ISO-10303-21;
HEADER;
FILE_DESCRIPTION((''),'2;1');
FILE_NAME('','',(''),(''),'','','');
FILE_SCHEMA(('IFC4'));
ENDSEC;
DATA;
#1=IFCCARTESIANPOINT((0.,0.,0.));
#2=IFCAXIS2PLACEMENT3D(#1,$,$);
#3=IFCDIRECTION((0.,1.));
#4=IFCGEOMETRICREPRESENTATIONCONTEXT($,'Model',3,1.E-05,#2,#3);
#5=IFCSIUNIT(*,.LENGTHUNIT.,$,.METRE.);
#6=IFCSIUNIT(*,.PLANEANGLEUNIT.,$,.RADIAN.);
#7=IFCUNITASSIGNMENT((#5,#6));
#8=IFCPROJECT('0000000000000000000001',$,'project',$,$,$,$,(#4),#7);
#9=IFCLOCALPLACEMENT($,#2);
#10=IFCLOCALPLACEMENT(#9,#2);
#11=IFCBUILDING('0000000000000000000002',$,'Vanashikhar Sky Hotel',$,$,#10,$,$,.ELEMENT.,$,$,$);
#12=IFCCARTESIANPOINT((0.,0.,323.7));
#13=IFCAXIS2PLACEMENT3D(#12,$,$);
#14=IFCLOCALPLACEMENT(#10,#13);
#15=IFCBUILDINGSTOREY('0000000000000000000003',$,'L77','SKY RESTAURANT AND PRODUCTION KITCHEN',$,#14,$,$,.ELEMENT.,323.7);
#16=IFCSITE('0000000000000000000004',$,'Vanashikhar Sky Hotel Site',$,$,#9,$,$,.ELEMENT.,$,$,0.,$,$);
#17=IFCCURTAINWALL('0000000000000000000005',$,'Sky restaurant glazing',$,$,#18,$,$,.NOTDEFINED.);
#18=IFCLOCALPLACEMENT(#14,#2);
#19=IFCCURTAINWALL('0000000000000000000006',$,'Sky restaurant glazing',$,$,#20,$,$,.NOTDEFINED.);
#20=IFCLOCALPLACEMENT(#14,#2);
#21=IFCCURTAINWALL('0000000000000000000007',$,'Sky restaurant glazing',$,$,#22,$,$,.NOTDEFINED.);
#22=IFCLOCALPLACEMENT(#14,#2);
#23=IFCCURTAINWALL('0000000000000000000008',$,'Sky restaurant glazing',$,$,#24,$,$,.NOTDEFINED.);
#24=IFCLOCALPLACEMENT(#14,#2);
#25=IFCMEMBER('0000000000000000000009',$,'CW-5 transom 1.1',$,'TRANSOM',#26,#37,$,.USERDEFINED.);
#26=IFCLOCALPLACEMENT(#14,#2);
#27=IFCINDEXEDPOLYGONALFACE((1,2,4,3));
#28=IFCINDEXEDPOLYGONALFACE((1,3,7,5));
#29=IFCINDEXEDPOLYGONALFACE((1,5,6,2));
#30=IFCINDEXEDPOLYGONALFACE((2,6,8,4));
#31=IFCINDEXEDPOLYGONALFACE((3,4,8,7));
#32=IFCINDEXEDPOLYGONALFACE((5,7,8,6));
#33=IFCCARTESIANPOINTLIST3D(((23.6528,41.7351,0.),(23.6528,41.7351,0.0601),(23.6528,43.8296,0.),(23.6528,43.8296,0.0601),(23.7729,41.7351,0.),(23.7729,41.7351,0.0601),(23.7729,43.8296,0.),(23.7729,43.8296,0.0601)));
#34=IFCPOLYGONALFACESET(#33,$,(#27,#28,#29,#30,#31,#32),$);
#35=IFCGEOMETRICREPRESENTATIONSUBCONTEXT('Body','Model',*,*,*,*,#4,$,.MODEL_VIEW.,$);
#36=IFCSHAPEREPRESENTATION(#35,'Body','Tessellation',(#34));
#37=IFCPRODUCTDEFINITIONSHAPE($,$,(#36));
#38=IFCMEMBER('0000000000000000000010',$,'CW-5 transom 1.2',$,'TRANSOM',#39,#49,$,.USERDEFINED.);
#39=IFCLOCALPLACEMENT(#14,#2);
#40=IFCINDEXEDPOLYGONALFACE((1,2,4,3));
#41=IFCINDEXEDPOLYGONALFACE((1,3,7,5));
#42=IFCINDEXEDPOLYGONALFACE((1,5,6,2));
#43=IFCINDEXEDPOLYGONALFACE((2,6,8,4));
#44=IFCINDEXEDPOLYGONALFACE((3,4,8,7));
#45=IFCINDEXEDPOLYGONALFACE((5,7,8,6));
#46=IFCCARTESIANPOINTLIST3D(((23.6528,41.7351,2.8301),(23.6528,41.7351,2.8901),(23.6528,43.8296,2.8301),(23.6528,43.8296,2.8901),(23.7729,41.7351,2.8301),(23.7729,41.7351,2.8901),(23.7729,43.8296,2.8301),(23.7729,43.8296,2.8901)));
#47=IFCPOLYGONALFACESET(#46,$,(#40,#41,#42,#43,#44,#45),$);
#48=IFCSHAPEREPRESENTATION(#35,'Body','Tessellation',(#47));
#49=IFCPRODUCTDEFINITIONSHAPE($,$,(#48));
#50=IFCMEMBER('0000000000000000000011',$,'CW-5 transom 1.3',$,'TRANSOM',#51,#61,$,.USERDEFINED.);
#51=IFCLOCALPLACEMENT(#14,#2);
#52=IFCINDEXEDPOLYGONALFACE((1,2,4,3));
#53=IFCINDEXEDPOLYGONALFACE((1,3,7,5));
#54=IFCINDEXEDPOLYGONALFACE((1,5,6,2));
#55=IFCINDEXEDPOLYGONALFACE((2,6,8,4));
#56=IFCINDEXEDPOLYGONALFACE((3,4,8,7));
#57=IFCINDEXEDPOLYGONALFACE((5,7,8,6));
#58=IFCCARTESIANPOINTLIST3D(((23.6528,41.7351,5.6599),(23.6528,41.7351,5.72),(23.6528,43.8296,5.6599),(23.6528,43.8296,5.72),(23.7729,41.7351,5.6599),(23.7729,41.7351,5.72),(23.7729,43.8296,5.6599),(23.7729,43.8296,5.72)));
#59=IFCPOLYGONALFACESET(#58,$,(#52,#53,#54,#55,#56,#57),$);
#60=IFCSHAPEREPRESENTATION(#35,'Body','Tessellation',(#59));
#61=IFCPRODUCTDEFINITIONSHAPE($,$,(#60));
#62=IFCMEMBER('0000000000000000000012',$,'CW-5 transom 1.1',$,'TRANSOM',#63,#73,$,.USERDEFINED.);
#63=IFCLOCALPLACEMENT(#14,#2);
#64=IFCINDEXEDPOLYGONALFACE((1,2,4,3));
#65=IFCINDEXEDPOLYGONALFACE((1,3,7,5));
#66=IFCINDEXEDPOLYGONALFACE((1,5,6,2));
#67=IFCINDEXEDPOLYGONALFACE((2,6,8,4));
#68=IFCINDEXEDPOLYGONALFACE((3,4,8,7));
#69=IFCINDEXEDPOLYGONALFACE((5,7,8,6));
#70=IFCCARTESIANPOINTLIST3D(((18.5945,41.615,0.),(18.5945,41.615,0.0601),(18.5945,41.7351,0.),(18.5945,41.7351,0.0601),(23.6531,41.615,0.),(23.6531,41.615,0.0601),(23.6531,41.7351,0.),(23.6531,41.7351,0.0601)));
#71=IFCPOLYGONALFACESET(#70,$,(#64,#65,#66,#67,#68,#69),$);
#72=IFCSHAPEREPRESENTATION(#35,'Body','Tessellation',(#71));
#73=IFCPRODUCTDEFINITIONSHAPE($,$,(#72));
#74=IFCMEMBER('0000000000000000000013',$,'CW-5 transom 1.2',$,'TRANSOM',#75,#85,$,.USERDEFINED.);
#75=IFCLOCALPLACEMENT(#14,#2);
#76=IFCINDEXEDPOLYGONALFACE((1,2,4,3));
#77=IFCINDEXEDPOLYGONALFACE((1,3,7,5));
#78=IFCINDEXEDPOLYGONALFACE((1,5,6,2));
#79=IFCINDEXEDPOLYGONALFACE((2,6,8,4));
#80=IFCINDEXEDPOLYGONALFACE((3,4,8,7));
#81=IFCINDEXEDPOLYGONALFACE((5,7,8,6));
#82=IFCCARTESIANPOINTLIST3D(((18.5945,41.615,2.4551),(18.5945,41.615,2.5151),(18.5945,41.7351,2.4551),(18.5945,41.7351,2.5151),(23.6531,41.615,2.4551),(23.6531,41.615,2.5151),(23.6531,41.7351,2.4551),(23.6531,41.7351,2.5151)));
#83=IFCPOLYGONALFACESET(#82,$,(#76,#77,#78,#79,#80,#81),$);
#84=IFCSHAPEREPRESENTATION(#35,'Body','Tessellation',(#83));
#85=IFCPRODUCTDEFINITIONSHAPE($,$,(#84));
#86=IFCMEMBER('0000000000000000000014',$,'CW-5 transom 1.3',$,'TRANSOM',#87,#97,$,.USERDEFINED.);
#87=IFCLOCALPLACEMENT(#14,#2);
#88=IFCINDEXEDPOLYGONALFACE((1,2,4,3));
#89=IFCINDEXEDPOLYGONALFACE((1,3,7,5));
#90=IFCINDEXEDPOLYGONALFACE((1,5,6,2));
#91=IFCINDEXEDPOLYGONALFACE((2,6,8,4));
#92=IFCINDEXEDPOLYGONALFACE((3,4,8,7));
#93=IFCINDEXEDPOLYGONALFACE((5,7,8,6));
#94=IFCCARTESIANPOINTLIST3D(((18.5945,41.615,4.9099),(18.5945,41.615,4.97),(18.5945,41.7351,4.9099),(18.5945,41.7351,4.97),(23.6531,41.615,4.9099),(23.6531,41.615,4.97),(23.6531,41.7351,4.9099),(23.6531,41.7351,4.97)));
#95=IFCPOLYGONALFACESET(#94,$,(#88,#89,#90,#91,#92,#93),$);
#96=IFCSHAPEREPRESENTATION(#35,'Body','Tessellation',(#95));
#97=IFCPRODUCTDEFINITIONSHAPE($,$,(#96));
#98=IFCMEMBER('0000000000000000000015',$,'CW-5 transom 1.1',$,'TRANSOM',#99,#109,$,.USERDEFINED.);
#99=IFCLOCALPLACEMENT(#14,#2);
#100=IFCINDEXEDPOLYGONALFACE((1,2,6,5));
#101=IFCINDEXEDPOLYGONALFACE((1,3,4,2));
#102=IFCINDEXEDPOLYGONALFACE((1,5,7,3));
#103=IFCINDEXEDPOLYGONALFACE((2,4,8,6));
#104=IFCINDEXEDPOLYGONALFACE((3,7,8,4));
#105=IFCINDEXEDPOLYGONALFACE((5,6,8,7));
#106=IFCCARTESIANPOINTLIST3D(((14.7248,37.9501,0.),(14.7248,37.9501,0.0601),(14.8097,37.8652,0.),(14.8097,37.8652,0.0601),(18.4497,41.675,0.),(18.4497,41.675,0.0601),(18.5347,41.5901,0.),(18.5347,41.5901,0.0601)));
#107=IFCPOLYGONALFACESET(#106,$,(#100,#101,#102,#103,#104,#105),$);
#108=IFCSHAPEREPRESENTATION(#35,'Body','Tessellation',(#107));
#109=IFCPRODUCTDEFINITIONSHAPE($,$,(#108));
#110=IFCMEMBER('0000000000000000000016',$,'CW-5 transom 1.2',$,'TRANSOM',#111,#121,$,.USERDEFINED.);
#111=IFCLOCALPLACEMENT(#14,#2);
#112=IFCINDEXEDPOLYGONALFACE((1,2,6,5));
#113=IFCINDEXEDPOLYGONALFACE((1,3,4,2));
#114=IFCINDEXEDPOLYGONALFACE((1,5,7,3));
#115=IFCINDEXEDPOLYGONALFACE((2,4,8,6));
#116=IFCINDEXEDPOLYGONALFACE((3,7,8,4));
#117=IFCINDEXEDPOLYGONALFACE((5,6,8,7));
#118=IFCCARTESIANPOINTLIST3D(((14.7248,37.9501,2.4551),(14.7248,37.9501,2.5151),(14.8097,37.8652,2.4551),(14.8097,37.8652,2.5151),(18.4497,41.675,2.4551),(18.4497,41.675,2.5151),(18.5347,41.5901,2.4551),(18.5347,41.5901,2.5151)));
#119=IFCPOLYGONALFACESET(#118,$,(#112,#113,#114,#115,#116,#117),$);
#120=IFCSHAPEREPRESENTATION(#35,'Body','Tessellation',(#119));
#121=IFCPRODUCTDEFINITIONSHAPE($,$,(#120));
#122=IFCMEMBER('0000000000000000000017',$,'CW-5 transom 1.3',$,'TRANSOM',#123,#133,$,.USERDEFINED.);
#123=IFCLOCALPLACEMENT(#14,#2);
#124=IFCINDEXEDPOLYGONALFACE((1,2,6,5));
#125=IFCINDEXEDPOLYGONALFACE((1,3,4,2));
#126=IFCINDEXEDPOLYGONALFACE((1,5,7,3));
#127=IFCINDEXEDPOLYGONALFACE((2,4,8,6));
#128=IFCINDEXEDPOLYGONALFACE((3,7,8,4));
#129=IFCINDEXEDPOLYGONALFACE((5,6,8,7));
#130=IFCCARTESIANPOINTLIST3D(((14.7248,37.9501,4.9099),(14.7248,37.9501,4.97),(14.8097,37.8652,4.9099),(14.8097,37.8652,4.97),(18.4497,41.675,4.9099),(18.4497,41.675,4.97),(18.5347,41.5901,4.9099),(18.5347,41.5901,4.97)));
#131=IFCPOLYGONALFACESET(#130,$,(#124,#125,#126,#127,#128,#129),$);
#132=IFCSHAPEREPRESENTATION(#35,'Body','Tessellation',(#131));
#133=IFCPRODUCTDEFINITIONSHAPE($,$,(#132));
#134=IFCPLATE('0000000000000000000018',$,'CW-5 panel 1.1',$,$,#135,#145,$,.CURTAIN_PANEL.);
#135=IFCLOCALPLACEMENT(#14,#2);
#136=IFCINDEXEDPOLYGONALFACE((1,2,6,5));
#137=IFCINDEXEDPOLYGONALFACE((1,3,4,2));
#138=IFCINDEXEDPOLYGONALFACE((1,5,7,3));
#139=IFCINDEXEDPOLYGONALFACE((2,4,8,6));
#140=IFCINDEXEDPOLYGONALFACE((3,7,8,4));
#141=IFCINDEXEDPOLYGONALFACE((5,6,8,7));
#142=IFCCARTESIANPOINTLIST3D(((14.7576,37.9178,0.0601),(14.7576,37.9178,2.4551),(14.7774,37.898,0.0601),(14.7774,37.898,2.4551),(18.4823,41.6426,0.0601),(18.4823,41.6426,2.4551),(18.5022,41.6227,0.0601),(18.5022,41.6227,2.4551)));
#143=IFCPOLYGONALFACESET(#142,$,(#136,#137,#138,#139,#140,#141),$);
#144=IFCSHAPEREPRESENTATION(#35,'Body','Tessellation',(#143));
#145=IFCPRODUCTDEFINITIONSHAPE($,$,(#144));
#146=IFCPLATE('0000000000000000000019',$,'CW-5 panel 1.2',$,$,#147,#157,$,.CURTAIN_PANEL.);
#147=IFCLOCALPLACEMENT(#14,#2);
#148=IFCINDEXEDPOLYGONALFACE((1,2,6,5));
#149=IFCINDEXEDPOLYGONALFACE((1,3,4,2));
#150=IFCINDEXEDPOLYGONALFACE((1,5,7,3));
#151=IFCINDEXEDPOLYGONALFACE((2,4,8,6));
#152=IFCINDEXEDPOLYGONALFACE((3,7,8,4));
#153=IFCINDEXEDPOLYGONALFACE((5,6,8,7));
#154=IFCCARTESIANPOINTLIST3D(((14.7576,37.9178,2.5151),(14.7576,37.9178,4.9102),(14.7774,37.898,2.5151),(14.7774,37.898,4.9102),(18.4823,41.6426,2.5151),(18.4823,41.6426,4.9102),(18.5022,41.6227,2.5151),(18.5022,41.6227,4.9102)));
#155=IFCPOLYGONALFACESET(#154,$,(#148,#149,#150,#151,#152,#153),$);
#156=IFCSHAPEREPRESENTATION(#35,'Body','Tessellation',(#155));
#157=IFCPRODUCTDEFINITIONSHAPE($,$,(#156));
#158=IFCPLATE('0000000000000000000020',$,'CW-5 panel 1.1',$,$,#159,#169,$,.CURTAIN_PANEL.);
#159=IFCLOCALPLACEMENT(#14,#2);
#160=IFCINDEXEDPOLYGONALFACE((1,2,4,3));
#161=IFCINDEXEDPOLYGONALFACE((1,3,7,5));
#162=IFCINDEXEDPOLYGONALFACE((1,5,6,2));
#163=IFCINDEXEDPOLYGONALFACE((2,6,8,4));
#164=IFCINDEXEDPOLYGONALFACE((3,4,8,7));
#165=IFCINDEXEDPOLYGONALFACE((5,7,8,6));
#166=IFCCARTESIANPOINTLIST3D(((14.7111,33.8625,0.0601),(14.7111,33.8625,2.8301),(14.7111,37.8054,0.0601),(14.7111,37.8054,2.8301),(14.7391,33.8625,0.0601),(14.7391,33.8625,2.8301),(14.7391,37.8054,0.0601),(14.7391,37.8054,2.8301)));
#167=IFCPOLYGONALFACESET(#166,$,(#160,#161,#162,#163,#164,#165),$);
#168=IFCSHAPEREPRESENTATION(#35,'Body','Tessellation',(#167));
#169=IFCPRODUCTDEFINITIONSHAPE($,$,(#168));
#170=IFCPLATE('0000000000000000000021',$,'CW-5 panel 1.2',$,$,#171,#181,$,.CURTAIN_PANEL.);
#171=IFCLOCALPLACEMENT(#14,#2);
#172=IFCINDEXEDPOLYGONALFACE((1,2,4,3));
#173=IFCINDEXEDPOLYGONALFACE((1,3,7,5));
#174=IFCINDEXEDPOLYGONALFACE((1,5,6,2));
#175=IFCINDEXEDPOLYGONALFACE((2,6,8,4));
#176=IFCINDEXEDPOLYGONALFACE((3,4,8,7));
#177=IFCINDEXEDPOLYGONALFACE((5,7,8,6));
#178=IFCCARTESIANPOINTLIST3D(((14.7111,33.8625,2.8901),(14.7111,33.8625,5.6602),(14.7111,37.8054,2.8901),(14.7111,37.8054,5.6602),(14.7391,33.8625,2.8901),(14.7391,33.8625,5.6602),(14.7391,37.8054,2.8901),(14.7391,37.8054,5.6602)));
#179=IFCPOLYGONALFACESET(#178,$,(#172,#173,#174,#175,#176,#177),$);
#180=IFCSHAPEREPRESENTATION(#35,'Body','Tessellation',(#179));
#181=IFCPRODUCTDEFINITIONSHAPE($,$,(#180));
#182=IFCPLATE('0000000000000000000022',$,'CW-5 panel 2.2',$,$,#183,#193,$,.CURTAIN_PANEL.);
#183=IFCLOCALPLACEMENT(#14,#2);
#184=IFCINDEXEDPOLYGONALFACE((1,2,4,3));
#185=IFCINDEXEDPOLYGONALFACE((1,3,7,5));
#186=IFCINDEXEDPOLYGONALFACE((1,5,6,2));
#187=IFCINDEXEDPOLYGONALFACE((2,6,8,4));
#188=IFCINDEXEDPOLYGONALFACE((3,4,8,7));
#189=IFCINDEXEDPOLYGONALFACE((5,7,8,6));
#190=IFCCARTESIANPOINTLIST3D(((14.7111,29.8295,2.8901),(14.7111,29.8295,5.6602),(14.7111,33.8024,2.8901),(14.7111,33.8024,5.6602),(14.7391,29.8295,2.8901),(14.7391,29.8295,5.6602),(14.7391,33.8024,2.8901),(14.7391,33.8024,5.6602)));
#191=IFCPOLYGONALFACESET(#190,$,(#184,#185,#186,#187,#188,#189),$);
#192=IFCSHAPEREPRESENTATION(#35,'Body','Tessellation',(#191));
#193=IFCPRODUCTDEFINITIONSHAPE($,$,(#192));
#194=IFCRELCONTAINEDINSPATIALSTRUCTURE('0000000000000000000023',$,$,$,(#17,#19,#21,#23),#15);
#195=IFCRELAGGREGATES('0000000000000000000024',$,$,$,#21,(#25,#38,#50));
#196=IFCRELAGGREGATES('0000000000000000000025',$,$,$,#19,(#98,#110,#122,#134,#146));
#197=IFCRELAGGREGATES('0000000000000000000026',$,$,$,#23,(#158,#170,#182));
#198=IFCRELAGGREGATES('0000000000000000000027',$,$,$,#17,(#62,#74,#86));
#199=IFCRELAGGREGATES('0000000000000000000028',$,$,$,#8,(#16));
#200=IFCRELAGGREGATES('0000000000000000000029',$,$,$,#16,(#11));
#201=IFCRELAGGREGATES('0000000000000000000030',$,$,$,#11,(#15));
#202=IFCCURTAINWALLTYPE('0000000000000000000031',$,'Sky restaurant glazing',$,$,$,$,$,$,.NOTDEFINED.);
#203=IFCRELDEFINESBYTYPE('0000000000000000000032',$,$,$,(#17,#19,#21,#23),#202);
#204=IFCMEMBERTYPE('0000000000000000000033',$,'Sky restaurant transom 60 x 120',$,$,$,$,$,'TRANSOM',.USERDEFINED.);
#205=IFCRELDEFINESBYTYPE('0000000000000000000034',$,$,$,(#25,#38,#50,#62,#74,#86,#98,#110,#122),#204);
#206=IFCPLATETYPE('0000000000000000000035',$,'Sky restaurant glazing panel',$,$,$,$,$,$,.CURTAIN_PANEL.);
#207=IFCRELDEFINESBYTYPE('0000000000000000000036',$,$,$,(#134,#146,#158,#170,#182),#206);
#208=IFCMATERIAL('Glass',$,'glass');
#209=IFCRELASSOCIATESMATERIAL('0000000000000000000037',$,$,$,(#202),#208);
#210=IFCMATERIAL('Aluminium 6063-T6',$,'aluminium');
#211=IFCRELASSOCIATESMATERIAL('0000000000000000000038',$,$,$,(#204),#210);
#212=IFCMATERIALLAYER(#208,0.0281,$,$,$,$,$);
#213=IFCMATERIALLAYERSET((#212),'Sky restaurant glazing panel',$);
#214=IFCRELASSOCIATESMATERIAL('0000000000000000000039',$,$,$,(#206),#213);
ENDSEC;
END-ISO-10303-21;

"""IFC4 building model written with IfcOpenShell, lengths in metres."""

from ifc_helpers import new_model, si_unit, direction, frame, origin, origin_2d, place, context, subcontext, project, spatial, rectangle, extrude, source, transform, mapped, material, layer, layer_set, material_profile, profile_set, type_object, element, aggregate, save


model = new_model("IFC4")

# Units and contexts
model_context = context("Model", 3, precision=1e-05, world=origin(), true_north=direction((0.0, 1.0)))
body_context = subcontext(model_context, "Body", "Model", "MODEL_VIEW")
ifc_project = project(units=[si_unit("LENGTHUNIT", "METRE"), si_unit("PLANEANGLEUNIT", "RADIAN")], contexts=[model_context])

# Site, building, storey
site_placement = place(None, origin())
site = spatial("IfcSite", under=ifc_project, at=site_placement, Name="Vanashikhar Sky Hotel Site", CompositionType="ELEMENT", RefElevation=0.0)
building_placement = place(site_placement, origin())
building = spatial("IfcBuilding", under=site, at=building_placement, Name="Vanashikhar Sky Hotel", CompositionType="ELEMENT")
storey_placement = place(building_placement, frame((0.0, 0.0, 323.7)))
storey = spatial("IfcBuildingStorey", under=building, at=storey_placement, Name="L77", Description="SKY RESTAURANT AND PRODUCTION KITCHEN", CompositionType="ELEMENT", Elevation=323.7)

# Curtain walls
ifc_material_1 = material(Name="Glass", Category="glass")
curtain_wall_type = type_object("IfcCurtainWallType", Name="Sky restaurant glazing", PredefinedType="NOTDEFINED", material=ifc_material_1)
curtain_wall_1_placement = place(storey_placement, origin())
curtain_wall_1 = element("IfcCurtainWall", 1, at=curtain_wall_1_placement, inside=storey, type_object=curtain_wall_type, Name="Sky restaurant glazing", PredefinedType="NOTDEFINED")
ifc_material_2 = material(Name="Aluminium 6063-T6", Category="aluminium")
curtain_wall_2_placement = place(storey_placement, origin())
curtain_wall_2 = element("IfcCurtainWall", 2, at=curtain_wall_2_placement, inside=storey, type_object=curtain_wall_type, Name="Sky restaurant glazing", PredefinedType="NOTDEFINED")
curtain_wall_3_placement = place(storey_placement, origin())
curtain_wall_3 = element("IfcCurtainWall", 3, at=curtain_wall_3_placement, inside=storey, type_object=curtain_wall_type, Name="Sky restaurant glazing", PredefinedType="NOTDEFINED")
curtain_wall_4_placement = place(storey_placement, origin())
curtain_wall_4 = element("IfcCurtainWall", 4, at=curtain_wall_4_placement, inside=storey, type_object=curtain_wall_type, Name="Sky restaurant glazing", PredefinedType="NOTDEFINED")
ifc_material_profile_1 = material_profile(ifc_material_2, rectangle(XDim=0.1201, YDim=0.0601, at=origin_2d()))
ifc_profile_set_1 = profile_set([ifc_material_profile_1], Name="Aluminium 6063-T6")
member_type_1 = type_object("IfcMemberType", Name="Sky restaurant transom 60 x 120", ElementType="TRANSOM", PredefinedType="USERDEFINED", material=ifc_profile_set_1)

# Members
shared_shape_1 = source(origin(), body_context, "Body", "SweptSolid", [
    extrude(rectangle(XDim=0.1201, YDim=0.0601, at=origin_2d()), origin(), (0.0, 0.0, 1.0), 2.0945),
])
member_1_placement = place(storey_placement, frame((23.7129, 43.8296, 0.03), z_axis=(0.0, -1.0, 0.0), x_axis=(1.0, 0.0, 0.0)))
member_1 = element("IfcMember", 5, at=member_1_placement, type_object=member_type_1, Name="CW-5 transom 1.1", ObjectType="TRANSOM", PredefinedType="USERDEFINED", context=body_context, shape_type="MappedRepresentation", body=[
    mapped(shared_shape_1, transform((0.0, 0.0, 0.0), scale=1.0)),
])
member_2_placement = place(storey_placement, frame((23.7129, 43.8296, 2.8601), z_axis=(0.0, -1.0, 0.0), x_axis=(1.0, 0.0, 0.0)))
member_2 = element("IfcMember", 6, at=member_2_placement, type_object=member_type_1, Name="CW-5 transom 1.2", ObjectType="TRANSOM", PredefinedType="USERDEFINED", context=body_context, shape_type="MappedRepresentation", body=[
    mapped(shared_shape_1, transform((0.0, 0.0, 0.0), scale=1.0)),
])
member_3_placement = place(storey_placement, frame((23.7129, 43.8296, 5.6899), z_axis=(0.0, -1.0, 0.0), x_axis=(1.0, 0.0, 0.0)))
member_3 = element("IfcMember", 7, at=member_3_placement, type_object=member_type_1, Name="CW-5 transom 1.3", ObjectType="TRANSOM", PredefinedType="USERDEFINED", context=body_context, shape_type="MappedRepresentation", body=[
    mapped(shared_shape_1, transform((0.0, 0.0, 0.0), scale=1.0)),
])
aggregate(curtain_wall_3, [member_1, member_2, member_3])
shared_shape_2 = source(origin(), body_context, "Body", "SweptSolid", [
    extrude(rectangle(XDim=0.1201, YDim=0.0601, at=origin_2d()), origin(), (0.0, 0.0, 1.0), 5.0586),
])
member_4_placement = place(storey_placement, frame((23.6531, 41.675, 0.03), z_axis=(-1.0, 0.0, 0.0), x_axis=(0.0, -1.0, 0.0)))
member_4 = element("IfcMember", 8, at=member_4_placement, type_object=member_type_1, Name="CW-5 transom 1.1", ObjectType="TRANSOM", PredefinedType="USERDEFINED", context=body_context, shape_type="MappedRepresentation", body=[
    mapped(shared_shape_2, transform((0.0, 0.0, 0.0), scale=1.0)),
])
member_5_placement = place(storey_placement, frame((23.6531, 41.675, 2.4851), z_axis=(-1.0, 0.0, 0.0), x_axis=(0.0, -1.0, 0.0)))
member_5 = element("IfcMember", 9, at=member_5_placement, type_object=member_type_1, Name="CW-5 transom 1.2", ObjectType="TRANSOM", PredefinedType="USERDEFINED", context=body_context, shape_type="MappedRepresentation", body=[
    mapped(shared_shape_2, transform((0.0, 0.0, 0.0), scale=1.0)),
])
member_6_placement = place(storey_placement, frame((23.6531, 41.675, 4.9399), z_axis=(-1.0, 0.0, 0.0), x_axis=(0.0, -1.0, 0.0)))
member_6 = element("IfcMember", 10, at=member_6_placement, type_object=member_type_1, Name="CW-5 transom 1.3", ObjectType="TRANSOM", PredefinedType="USERDEFINED", context=body_context, shape_type="MappedRepresentation", body=[
    mapped(shared_shape_2, transform((0.0, 0.0, 0.0), scale=1.0)),
])
shared_shape_3 = source(origin(), body_context, "Body", "SweptSolid", [
    extrude(rectangle(XDim=0.1201, YDim=0.0601, at=origin_2d()), origin(), (0.0, 0.0, 1.0), 5.2678),
])
member_7_placement = place(storey_placement, frame((18.4922, 41.6326, 0.03), z_axis=(-0.707107, -0.707107, 0.0), x_axis=(0.707107, -0.707107, 0.0)))
member_7 = element("IfcMember", 11, at=member_7_placement, type_object=member_type_1, Name="CW-5 transom 1.1", ObjectType="TRANSOM", PredefinedType="USERDEFINED", context=body_context, shape_type="MappedRepresentation", body=[
    mapped(shared_shape_3, transform((0.0, 0.0, 0.0), scale=1.0)),
])
member_8_placement = place(storey_placement, frame((18.4922, 41.6326, 2.4851), z_axis=(-0.707107, -0.707107, 0.0), x_axis=(0.707107, -0.707107, 0.0)))
member_8 = element("IfcMember", 12, at=member_8_placement, type_object=member_type_1, Name="CW-5 transom 1.2", ObjectType="TRANSOM", PredefinedType="USERDEFINED", context=body_context, shape_type="MappedRepresentation", body=[
    mapped(shared_shape_3, transform((0.0, 0.0, 0.0), scale=1.0)),
])
member_9_placement = place(storey_placement, frame((18.4922, 41.6326, 4.9399), z_axis=(-0.707107, -0.707107, 0.0), x_axis=(0.707107, -0.707107, 0.0)))
member_9 = element("IfcMember", 13, at=member_9_placement, type_object=member_type_1, Name="CW-5 transom 1.3", ObjectType="TRANSOM", PredefinedType="USERDEFINED", context=body_context, shape_type="MappedRepresentation", body=[
    mapped(shared_shape_3, transform((0.0, 0.0, 0.0), scale=1.0)),
])

# Plates
ifc_layer_1 = layer(ifc_material_1, 0.0281)
ifc_layer_set_1 = layer_set([ifc_layer_1], Name="Sky restaurant glazing panel")
plate_type = type_object("IfcPlateType", Name="Sky restaurant glazing panel", PredefinedType="CURTAIN_PANEL", material=ifc_layer_set_1)
shared_shape_4 = source(origin(), body_context, "Body", "SweptSolid", [
    extrude(rectangle(XDim=5.2676, YDim=0.0281, at=origin_2d()), origin(), (0.0, 0.0, 1.0), 2.395),
])
plate_1_placement = place(storey_placement, frame((16.6299, 39.7703, 0.0601), z_axis=(0.0, 0.0, 1.0), x_axis=(-0.707107, -0.707107, 0.0)))
plate_1 = element("IfcPlate", 14, at=plate_1_placement, type_object=plate_type, Name="CW-5 panel 1.1", PredefinedType="CURTAIN_PANEL", context=body_context, shape_type="MappedRepresentation", body=[
    mapped(shared_shape_4, transform((0.0, 0.0, 0.0), scale=1.0)),
])
plate_2_placement = place(storey_placement, frame((16.6299, 39.7703, 2.5151), z_axis=(0.0, 0.0, 1.0), x_axis=(-0.707107, -0.707107, 0.0)))
plate_2 = element("IfcPlate", 15, at=plate_2_placement, type_object=plate_type, Name="CW-5 panel 1.2", PredefinedType="CURTAIN_PANEL", context=body_context, shape_type="MappedRepresentation", body=[
    mapped(shared_shape_4, transform((0.0, 0.0, 0.0), scale=1.0)),
])
aggregate(curtain_wall_2, [member_7, member_8, member_9, plate_1, plate_2])
shared_shape_5 = source(origin(), body_context, "Body", "SweptSolid", [
    extrude(rectangle(XDim=3.9429, YDim=0.0281, at=origin_2d()), origin(), (0.0, 0.0, 1.0), 2.77),
])
plate_3_placement = place(storey_placement, frame((14.7251, 35.834, 0.0601), z_axis=(0.0, 0.0, 1.0), x_axis=(0.0, -1.0, 0.0)))
plate_3 = element("IfcPlate", 16, at=plate_3_placement, type_object=plate_type, Name="CW-5 panel 1.1", PredefinedType="CURTAIN_PANEL", context=body_context, shape_type="MappedRepresentation", body=[
    mapped(shared_shape_5, transform((0.0, 0.0, 0.0), scale=1.0)),
])
plate_4_placement = place(storey_placement, frame((14.7251, 35.834, 2.8901), z_axis=(0.0, 0.0, 1.0), x_axis=(0.0, -1.0, 0.0)))
plate_4 = element("IfcPlate", 17, at=plate_4_placement, type_object=plate_type, Name="CW-5 panel 1.2", PredefinedType="CURTAIN_PANEL", context=body_context, shape_type="MappedRepresentation", body=[
    mapped(shared_shape_5, transform((0.0, 0.0, 0.0), scale=1.0)),
])
shared_shape_6 = source(origin(), body_context, "Body", "SweptSolid", [
    extrude(rectangle(XDim=3.9729, YDim=0.0281, at=origin_2d()), origin(), (0.0, 0.0, 1.0), 2.77),
])
plate_5_placement = place(storey_placement, frame((14.7251, 31.8159, 2.8901), z_axis=(0.0, 0.0, 1.0), x_axis=(0.0, -1.0, 0.0)))
plate_5 = element("IfcPlate", 18, at=plate_5_placement, type_object=plate_type, Name="CW-5 panel 2.2", PredefinedType="CURTAIN_PANEL", context=body_context, shape_type="MappedRepresentation", body=[
    mapped(shared_shape_6, transform((0.0, 0.0, 0.0), scale=1.0)),
])
aggregate(curtain_wall_4, [plate_3, plate_4, plate_5])
aggregate(curtain_wall_1, [member_4, member_5, member_6])

save(model, "model.ifc")
